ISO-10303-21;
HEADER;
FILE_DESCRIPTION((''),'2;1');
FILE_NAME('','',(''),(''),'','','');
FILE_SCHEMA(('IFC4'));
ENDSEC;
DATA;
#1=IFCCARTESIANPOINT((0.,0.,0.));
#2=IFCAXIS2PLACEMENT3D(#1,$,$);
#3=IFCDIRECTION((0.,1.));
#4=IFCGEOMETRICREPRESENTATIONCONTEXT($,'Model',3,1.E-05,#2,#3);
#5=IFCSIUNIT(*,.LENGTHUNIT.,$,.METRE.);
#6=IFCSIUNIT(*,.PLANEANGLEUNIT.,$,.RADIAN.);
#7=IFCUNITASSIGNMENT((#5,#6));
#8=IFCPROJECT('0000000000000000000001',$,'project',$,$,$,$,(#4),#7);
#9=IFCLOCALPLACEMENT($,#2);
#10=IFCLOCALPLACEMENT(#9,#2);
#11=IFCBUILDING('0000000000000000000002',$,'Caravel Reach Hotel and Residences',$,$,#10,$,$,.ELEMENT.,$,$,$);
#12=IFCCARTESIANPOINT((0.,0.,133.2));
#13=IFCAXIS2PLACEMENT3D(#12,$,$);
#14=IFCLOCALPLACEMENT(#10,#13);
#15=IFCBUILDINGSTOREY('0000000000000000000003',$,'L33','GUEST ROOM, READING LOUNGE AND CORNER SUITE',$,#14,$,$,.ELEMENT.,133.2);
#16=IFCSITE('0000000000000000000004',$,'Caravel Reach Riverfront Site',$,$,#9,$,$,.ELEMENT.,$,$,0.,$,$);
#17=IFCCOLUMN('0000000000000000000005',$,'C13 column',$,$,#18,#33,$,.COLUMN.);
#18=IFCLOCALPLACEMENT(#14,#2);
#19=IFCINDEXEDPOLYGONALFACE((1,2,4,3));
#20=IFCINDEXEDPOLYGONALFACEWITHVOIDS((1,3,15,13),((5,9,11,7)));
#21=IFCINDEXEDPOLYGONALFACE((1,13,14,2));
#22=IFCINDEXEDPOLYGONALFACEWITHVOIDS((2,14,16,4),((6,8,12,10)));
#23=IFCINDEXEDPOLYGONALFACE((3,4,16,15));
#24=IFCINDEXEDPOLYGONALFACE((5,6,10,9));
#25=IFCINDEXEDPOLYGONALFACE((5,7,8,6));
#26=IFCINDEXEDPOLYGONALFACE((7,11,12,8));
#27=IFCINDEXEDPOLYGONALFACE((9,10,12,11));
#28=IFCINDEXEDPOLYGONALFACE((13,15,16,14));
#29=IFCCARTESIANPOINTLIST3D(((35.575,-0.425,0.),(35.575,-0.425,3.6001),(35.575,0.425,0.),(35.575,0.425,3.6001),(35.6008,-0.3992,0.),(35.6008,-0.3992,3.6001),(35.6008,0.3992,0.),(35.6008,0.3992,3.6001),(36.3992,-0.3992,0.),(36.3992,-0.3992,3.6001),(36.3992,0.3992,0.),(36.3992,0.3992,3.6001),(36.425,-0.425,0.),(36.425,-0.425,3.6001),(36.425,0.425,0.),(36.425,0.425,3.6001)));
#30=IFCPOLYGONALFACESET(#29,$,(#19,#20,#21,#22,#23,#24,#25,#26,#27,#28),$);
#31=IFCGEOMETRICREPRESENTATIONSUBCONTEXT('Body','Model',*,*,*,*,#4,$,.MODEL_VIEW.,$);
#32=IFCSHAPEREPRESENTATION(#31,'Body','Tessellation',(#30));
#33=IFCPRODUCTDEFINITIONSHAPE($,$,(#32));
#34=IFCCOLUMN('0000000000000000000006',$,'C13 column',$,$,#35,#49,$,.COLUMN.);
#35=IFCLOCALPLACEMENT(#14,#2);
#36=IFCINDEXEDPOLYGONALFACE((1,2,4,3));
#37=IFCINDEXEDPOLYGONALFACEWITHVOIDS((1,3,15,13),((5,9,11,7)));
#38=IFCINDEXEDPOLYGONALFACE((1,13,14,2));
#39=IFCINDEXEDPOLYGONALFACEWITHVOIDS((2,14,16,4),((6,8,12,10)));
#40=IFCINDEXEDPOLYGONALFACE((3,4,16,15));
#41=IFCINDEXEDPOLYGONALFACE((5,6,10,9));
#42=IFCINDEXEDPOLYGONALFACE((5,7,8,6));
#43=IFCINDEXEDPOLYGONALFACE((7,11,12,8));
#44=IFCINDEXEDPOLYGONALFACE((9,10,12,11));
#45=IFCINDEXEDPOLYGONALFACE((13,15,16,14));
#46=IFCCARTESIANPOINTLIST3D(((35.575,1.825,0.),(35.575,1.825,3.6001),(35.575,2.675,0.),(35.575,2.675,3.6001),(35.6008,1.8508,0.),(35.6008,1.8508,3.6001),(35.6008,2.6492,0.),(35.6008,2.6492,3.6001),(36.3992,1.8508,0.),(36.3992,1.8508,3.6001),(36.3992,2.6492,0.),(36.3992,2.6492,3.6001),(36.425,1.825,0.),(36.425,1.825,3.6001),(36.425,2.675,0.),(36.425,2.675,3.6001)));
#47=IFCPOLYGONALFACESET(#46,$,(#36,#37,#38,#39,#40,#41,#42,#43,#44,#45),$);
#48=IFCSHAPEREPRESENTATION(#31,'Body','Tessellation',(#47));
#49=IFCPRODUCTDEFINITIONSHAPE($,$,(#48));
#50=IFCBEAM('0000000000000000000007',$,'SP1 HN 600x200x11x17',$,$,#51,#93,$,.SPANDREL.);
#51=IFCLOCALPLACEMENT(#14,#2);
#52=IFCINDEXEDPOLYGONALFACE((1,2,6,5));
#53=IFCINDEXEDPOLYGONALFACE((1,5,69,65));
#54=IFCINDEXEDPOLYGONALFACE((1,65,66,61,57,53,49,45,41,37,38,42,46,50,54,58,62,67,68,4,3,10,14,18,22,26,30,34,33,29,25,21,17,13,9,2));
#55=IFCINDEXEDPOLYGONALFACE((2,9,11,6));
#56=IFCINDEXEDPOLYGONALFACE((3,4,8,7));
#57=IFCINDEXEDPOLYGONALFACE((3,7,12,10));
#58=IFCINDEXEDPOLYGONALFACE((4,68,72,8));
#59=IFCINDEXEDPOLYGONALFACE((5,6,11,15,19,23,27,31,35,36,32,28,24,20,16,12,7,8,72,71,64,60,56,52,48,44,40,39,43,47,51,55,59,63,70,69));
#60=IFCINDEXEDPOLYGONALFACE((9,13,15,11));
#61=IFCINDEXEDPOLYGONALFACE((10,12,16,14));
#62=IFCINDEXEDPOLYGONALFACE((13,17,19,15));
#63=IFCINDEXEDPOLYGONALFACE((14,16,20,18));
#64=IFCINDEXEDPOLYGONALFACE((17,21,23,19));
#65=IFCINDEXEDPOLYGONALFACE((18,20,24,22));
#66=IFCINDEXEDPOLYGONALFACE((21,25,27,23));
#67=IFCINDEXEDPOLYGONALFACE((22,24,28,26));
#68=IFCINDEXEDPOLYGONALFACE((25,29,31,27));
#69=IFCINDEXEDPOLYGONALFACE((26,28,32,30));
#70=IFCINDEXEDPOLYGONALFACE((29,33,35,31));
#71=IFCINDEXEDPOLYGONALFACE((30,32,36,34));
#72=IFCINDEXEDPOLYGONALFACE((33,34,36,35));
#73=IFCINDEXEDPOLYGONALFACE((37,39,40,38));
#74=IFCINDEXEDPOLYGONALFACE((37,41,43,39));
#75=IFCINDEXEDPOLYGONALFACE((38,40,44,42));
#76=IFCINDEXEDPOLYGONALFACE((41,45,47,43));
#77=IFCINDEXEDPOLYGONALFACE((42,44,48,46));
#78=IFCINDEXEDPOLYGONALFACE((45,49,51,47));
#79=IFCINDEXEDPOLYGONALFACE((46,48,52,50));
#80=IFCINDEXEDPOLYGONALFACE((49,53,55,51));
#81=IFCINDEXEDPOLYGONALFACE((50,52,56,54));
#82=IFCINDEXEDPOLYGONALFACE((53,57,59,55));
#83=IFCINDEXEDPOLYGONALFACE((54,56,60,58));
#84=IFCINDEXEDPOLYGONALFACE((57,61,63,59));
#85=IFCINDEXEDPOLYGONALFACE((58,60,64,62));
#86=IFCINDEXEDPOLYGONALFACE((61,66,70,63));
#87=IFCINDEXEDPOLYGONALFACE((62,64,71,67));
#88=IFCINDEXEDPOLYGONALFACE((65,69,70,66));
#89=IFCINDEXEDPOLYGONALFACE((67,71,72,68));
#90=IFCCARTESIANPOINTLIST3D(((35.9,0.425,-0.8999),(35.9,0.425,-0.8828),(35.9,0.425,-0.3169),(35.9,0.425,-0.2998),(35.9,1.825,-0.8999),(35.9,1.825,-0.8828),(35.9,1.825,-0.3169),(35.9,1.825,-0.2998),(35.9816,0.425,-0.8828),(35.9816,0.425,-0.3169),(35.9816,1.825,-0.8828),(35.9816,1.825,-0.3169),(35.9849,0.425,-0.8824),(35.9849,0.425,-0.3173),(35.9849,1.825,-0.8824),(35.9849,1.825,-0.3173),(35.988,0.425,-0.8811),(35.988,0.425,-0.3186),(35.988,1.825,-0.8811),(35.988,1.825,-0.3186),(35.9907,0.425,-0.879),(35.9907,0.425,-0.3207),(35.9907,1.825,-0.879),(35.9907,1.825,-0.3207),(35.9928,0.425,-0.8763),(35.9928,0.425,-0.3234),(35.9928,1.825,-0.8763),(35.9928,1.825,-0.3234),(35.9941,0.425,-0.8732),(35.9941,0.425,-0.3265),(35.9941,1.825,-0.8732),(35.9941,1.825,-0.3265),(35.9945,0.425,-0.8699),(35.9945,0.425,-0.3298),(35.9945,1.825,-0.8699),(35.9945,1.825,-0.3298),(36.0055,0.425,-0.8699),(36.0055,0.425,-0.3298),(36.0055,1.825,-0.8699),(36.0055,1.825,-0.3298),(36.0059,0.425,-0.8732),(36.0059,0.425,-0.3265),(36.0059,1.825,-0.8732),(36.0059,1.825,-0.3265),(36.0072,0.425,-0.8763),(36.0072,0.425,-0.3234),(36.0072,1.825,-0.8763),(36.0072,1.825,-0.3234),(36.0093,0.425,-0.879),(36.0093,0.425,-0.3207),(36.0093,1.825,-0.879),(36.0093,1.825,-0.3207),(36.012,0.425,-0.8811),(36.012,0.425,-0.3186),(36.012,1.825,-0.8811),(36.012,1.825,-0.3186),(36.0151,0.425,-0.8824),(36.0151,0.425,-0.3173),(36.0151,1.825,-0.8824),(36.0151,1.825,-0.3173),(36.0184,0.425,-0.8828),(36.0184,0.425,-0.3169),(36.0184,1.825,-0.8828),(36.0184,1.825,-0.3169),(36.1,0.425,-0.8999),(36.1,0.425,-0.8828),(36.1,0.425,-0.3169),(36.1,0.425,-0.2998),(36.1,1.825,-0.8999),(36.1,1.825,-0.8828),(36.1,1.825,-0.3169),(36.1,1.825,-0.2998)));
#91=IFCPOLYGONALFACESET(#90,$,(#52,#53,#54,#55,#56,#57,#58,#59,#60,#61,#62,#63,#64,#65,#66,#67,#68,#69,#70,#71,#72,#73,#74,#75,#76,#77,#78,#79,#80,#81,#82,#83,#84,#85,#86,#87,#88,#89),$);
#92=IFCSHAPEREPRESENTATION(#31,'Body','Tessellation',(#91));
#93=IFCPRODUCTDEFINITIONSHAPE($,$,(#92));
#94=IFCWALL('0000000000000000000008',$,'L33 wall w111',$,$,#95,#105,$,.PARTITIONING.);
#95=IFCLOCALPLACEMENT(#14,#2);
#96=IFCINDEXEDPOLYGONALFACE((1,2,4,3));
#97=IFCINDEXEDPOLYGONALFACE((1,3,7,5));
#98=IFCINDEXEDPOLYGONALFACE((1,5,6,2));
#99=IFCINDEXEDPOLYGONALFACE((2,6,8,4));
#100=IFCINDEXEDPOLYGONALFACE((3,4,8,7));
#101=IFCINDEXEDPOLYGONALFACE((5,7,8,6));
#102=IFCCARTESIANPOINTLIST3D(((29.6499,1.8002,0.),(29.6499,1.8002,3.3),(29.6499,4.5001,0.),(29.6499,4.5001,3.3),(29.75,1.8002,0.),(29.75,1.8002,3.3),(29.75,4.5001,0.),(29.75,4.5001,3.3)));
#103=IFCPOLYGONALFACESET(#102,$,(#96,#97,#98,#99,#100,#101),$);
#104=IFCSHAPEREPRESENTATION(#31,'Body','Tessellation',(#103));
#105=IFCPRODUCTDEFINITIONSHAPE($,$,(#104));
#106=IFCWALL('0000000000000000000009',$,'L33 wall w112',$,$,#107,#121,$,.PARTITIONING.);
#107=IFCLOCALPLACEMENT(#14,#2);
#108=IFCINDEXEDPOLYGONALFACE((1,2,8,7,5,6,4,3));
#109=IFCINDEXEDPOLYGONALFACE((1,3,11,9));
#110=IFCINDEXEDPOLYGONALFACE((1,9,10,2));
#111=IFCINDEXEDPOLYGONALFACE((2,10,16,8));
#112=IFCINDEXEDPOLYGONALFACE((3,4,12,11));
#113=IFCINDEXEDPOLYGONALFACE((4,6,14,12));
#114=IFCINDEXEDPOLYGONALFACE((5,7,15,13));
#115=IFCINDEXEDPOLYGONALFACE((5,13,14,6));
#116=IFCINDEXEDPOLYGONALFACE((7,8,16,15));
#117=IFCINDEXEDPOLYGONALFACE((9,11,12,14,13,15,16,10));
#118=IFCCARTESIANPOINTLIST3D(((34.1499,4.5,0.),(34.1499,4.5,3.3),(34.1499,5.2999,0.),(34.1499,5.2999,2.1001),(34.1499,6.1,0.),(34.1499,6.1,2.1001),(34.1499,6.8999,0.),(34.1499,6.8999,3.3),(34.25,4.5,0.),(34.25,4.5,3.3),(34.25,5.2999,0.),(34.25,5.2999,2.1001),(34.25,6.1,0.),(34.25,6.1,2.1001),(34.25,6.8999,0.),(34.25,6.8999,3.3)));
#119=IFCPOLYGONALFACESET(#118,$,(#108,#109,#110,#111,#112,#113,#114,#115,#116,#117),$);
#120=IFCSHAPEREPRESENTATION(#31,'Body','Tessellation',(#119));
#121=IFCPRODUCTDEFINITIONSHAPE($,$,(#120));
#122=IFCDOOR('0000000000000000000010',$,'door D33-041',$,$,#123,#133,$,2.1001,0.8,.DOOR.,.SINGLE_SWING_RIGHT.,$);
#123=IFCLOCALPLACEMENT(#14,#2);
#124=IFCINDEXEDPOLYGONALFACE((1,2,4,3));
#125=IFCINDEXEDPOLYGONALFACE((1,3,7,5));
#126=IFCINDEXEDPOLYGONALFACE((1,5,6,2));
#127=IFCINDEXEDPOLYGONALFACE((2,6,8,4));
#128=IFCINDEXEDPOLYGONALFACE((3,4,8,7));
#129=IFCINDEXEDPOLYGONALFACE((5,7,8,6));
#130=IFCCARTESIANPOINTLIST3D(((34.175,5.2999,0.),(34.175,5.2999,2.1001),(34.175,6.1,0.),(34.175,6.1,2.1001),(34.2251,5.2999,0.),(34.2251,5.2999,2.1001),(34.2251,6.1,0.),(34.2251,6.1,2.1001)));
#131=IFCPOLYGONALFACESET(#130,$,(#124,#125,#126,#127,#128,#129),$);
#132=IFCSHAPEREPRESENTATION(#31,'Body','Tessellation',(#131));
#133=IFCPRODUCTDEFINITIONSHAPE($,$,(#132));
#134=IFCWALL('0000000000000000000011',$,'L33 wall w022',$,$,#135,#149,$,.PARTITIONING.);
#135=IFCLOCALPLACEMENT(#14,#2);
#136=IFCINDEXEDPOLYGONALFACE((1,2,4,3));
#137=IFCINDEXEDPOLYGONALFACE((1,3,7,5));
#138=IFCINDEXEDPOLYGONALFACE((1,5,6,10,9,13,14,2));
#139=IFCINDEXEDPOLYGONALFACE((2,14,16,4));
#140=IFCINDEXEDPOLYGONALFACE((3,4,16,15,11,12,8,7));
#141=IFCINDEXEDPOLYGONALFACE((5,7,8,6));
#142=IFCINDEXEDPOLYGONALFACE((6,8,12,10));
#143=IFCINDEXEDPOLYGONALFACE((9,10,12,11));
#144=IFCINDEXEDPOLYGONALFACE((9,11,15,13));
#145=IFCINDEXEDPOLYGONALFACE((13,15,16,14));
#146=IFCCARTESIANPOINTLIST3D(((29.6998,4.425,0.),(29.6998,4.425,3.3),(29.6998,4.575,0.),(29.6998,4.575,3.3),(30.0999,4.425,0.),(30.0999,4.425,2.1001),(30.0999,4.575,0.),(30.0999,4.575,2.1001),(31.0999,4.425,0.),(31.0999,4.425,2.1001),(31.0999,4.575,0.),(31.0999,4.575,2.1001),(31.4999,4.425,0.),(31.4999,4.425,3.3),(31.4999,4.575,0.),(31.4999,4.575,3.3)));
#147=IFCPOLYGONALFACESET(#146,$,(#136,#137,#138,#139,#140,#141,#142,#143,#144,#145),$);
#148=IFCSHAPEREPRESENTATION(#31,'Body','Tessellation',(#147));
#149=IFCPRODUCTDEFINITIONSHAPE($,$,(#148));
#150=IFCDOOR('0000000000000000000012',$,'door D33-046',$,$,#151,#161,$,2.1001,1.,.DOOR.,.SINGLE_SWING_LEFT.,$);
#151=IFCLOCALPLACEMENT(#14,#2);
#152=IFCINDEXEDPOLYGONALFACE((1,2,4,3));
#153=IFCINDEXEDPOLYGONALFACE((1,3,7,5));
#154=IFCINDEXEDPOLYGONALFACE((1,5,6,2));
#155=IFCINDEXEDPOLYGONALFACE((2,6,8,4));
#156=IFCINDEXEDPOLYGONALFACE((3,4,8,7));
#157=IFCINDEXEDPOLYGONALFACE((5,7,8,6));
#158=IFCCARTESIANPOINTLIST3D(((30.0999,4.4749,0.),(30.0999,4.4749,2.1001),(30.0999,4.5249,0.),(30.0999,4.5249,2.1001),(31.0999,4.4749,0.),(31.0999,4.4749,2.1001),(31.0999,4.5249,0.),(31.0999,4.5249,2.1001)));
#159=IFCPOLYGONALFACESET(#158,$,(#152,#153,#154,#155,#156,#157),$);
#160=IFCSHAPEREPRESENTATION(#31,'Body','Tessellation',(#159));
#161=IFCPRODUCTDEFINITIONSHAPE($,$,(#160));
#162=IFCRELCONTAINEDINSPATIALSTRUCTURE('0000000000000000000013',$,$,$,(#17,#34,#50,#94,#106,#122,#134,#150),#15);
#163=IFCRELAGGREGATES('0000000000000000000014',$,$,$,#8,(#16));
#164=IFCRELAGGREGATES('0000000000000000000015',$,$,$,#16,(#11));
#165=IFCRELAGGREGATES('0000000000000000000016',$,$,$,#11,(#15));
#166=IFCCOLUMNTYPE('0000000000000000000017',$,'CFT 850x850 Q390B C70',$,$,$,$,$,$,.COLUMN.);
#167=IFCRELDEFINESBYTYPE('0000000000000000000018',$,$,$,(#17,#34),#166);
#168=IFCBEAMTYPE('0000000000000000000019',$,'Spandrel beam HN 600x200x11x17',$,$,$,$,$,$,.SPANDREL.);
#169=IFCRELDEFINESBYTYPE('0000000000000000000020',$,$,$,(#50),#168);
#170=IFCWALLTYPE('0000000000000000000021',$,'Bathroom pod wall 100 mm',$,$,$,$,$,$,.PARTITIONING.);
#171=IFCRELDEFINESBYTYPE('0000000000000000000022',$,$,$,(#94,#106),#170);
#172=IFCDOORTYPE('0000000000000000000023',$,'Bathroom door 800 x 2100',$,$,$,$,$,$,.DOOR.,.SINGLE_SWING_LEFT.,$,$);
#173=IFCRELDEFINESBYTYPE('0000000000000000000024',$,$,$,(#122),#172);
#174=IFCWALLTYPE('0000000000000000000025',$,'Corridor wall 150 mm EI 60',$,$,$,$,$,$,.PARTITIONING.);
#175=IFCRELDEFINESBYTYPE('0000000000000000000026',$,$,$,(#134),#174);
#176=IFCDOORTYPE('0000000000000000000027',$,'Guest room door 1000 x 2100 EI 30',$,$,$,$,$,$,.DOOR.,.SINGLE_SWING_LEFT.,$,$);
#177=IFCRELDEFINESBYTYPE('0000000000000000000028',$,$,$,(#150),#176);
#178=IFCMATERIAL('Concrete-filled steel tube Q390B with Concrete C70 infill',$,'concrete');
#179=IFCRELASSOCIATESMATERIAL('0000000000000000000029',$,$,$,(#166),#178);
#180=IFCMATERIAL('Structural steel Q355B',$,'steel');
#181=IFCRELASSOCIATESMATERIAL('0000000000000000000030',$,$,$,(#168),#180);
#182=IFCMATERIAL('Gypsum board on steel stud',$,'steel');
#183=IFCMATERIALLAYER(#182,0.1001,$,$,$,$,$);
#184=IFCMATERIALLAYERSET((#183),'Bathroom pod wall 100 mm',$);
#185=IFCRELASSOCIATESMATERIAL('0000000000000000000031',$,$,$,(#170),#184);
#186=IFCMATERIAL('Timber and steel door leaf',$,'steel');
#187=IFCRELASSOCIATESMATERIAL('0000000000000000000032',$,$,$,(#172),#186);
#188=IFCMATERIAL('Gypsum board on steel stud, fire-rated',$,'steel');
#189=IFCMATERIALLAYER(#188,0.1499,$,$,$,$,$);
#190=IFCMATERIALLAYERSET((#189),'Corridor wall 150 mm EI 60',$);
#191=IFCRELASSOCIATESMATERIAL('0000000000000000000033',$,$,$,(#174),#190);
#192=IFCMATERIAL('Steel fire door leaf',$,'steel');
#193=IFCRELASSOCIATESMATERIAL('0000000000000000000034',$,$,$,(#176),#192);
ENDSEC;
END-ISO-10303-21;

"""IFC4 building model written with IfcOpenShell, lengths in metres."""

from ifc_helpers import new_model, si_unit, direction, frame, frame_2d, origin, origin_2d, place, context, subcontext, project, spatial, rectangle, hollow_rectangle, i_section, extrude, material, layer, layer_set, material_profile, profile_set, type_object, element, fill, save


model = new_model("IFC4")

# Units and contexts
model_context = context("Model", 3, precision=1e-05, world=origin(), true_north=direction((0.0, 1.0)))
body_context = subcontext(model_context, "Body", "Model", "MODEL_VIEW")
ifc_project = project(units=[si_unit("LENGTHUNIT", "METRE"), si_unit("PLANEANGLEUNIT", "RADIAN")], contexts=[model_context])

# Site, building, storey
site_placement = place(None, origin())
site = spatial("IfcSite", under=ifc_project, at=site_placement, Name="Caravel Reach Riverfront Site", CompositionType="ELEMENT", RefElevation=0.0)
building_placement = place(site_placement, origin())
building = spatial("IfcBuilding", under=site, at=building_placement, Name="Caravel Reach Hotel and Residences", CompositionType="ELEMENT")
storey_placement = place(building_placement, frame((0.0, 0.0, 133.2)))
storey = spatial("IfcBuildingStorey", under=building, at=storey_placement, Name="L33", Description="GUEST ROOM, READING LOUNGE AND CORNER SUITE", CompositionType="ELEMENT", Elevation=133.2)

# Columns
ifc_material_1 = material(Name="Concrete-filled steel tube Q390B with Concrete C70 infill", Category="concrete")
ifc_material_profile_1 = material_profile(ifc_material_1, hollow_rectangle(XDim=0.8501, YDim=0.8501, WallThickness=0.0259, at=origin_2d()), Name="RHS 850x850x26")
ifc_profile_set_1 = profile_set([ifc_material_profile_1], Name="Concrete-filled steel tube Q390B with Concrete C70 infill")
column_type = type_object("IfcColumnType", Name="CFT 850x850 Q390B C70", PredefinedType="COLUMN", material=ifc_profile_set_1)
for number, where, z_axis, x_axis, name in (
    (1, (36.0, 0.0, 0.0), (0.0, 0.0, 1.0), (1.0, 0.0, 0.0), "C13 column"),
    (2, (36.0, 2.25, 0.0), (0.0, 0.0, 1.0), (1.0, 0.0, 0.0), "C13 column"),
):
    element("IfcColumn", number, at=place(storey_placement, frame(where, z_axis=z_axis, x_axis=x_axis)), inside=storey, type_object=column_type, Name=name, PredefinedType="COLUMN", context=body_context, shape_type="SweptSolid", body=[
        extrude(hollow_rectangle(XDim=0.8501, YDim=0.8501, WallThickness=0.0259, at=origin_2d()), origin(), (0.0, 0.0, 1.0), 3.6001),
    ])

# Beam
ifc_material_2 = material(Name="Structural steel Q355B", Category="steel")
ifc_material_profile_2 = material_profile(ifc_material_2, i_section(OverallWidth=0.2, OverallDepth=0.6001, WebThickness=0.011, FlangeThickness=0.0171, FilletRadius=0.0129, at=origin_2d()), Name="HN 600x200x11x17")
ifc_profile_set_2 = profile_set([ifc_material_profile_2], Name="Structural steel Q355B")
beam_type = type_object("IfcBeamType", Name="Spandrel beam HN 600x200x11x17", PredefinedType="SPANDREL", material=ifc_profile_set_2)
beam_placement = place(storey_placement, frame((36.0, 0.425, -0.5999), z_axis=(0.0, 1.0, 0.0), x_axis=(-1.0, 0.0, 0.0)))
element("IfcBeam", 3, at=beam_placement, inside=storey, type_object=beam_type, Name="SP1 HN 600x200x11x17", PredefinedType="SPANDREL", context=body_context, shape_type="SweptSolid", body=[
    extrude(i_section(OverallWidth=0.2, OverallDepth=0.6001, WebThickness=0.011, FlangeThickness=0.0171, FilletRadius=0.0129, at=origin_2d()), origin(), (0.0, 0.0, 1.0), 1.3999),
])

# Wall
ifc_material_3 = material(Name="Gypsum board on steel stud", Category="steel")
ifc_layer_1 = layer(ifc_material_3, 0.1001)
ifc_layer_set_1 = layer_set([ifc_layer_1], Name="Bathroom pod wall 100 mm")
wall_type_1 = type_object("IfcWallType", Name="Bathroom pod wall 100 mm", PredefinedType="PARTITIONING", material=ifc_layer_set_1)
wall_1_placement = place(storey_placement, frame((29.7, 1.8, 0.0), z_axis=(0.0, 0.0, 1.0), x_axis=(0.0, 1.0, 0.0)))
element("IfcWall", 4, at=wall_1_placement, inside=storey, type_object=wall_type_1, Name="L33 wall w111", PredefinedType="PARTITIONING", context=body_context, shape_type="SweptSolid", body=[
    extrude(rectangle(XDim=2.7, YDim=0.1001, at=frame_2d((1.3501, 0.0))), origin(), (0.0, 0.0, 1.0), 3.3),
])

# Walls, openings, doors
wall_2_placement = place(storey_placement, frame((34.2, 4.5, 0.0), z_axis=(0.0, 0.0, 1.0), x_axis=(0.0, 1.0, 0.0)))
wall_2 = element("IfcWall", 5, at=wall_2_placement, inside=storey, type_object=wall_type_1, Name="L33 wall w112", PredefinedType="PARTITIONING", context=body_context, shape_type="SweptSolid", body=[
    extrude(rectangle(XDim=2.3999, YDim=0.1001, at=frame_2d((1.2, 0.0))), origin(), (0.0, 0.0, 1.0), 3.3),
])
opening_1_placement = place(wall_2_placement, frame((0.8, 0.0, 0.0)))
opening_1 = element("IfcOpeningElement", 6, at=opening_1_placement, cuts=wall_2, PredefinedType="OPENING", context=body_context, shape_type="SweptSolid", body=[
    extrude(rectangle(XDim=0.8, YDim=2.1001, at=frame_2d((0.3999, 1.05))), frame((0.0, 0.0601, 0.0), z_axis=(0.0, -1.0, 0.0), x_axis=(1.0, 0.0, 0.0)), (0.0, 0.0, 1.0), 0.1201),
])
ifc_material_4 = material(Name="Timber and steel door leaf", Category="steel")
door_type_1 = type_object("IfcDoorType", Name="Bathroom door 800 x 2100", OperationType="SINGLE_SWING_LEFT", PredefinedType="DOOR", material=ifc_material_4)
door_1_placement = place(opening_1_placement, origin())
door_1 = element("IfcDoor", 7, at=door_1_placement, inside=storey, type_object=door_type_1, Name="door D33-041", OperationType="SINGLE_SWING_RIGHT", OverallHeight=2.1001, OverallWidth=0.8, PredefinedType="DOOR", context=body_context, shape_type="SweptSolid", body=[
    extrude(rectangle(XDim=0.8, YDim=2.1001, at=frame_2d((0.3999, 1.05))), frame((0.0, 0.0249, 0.0), z_axis=(0.0, -1.0, 0.0), x_axis=(1.0, 0.0, 0.0)), (0.0, 0.0, 1.0), 0.05),
])
fill(opening_1, door_1)
ifc_material_5 = material(Name="Gypsum board on steel stud, fire-rated", Category="steel")
ifc_layer_2 = layer(ifc_material_5, 0.1499)
ifc_layer_set_2 = layer_set([ifc_layer_2], Name="Corridor wall 150 mm EI 60")
wall_type_2 = type_object("IfcWallType", Name="Corridor wall 150 mm EI 60", PredefinedType="PARTITIONING", material=ifc_layer_set_2)
wall_3_placement = place(storey_placement, frame((29.7, 4.5, 0.0), z_axis=(0.0, 0.0, 1.0), x_axis=(1.0, 0.0, 0.0)))
wall_3 = element("IfcWall", 8, at=wall_3_placement, inside=storey, type_object=wall_type_2, Name="L33 wall w022", PredefinedType="PARTITIONING", context=body_context, shape_type="SweptSolid", body=[
    extrude(rectangle(XDim=1.8, YDim=0.1499, at=frame_2d((0.8999, 0.0))), origin(), (0.0, 0.0, 1.0), 3.3),
])
opening_2_placement = place(wall_3_placement, frame((0.3999, 0.0, 0.0)))
opening_2 = element("IfcOpeningElement", 9, at=opening_2_placement, cuts=wall_3, PredefinedType="OPENING", context=body_context, shape_type="SweptSolid", body=[
    extrude(rectangle(XDim=1.0, YDim=2.1001, at=frame_2d((0.5, 1.05))), frame((0.0, 0.085, 0.0), z_axis=(0.0, -1.0, 0.0), x_axis=(1.0, 0.0, 0.0)), (0.0, 0.0, 1.0), 0.1699),
])
ifc_material_6 = material(Name="Steel fire door leaf", Category="steel")
door_type_2 = type_object("IfcDoorType", Name="Guest room door 1000 x 2100 EI 30", OperationType="SINGLE_SWING_LEFT", PredefinedType="DOOR", material=ifc_material_6)
door_2_placement = place(opening_2_placement, origin())
door_2 = element("IfcDoor", 10, at=door_2_placement, inside=storey, type_object=door_type_2, Name="door D33-046", OperationType="SINGLE_SWING_LEFT", OverallHeight=2.1001, OverallWidth=1.0, PredefinedType="DOOR", context=body_context, shape_type="SweptSolid", body=[
    extrude(rectangle(XDim=1.0, YDim=2.1001, at=frame_2d((0.5, 1.05))), frame((0.0, 0.0249, 0.0), z_axis=(0.0, -1.0, 0.0), x_axis=(1.0, 0.0, 0.0)), (0.0, 0.0, 1.0), 0.05),
])
fill(opening_2, door_2)

save(model, "model.ifc")
